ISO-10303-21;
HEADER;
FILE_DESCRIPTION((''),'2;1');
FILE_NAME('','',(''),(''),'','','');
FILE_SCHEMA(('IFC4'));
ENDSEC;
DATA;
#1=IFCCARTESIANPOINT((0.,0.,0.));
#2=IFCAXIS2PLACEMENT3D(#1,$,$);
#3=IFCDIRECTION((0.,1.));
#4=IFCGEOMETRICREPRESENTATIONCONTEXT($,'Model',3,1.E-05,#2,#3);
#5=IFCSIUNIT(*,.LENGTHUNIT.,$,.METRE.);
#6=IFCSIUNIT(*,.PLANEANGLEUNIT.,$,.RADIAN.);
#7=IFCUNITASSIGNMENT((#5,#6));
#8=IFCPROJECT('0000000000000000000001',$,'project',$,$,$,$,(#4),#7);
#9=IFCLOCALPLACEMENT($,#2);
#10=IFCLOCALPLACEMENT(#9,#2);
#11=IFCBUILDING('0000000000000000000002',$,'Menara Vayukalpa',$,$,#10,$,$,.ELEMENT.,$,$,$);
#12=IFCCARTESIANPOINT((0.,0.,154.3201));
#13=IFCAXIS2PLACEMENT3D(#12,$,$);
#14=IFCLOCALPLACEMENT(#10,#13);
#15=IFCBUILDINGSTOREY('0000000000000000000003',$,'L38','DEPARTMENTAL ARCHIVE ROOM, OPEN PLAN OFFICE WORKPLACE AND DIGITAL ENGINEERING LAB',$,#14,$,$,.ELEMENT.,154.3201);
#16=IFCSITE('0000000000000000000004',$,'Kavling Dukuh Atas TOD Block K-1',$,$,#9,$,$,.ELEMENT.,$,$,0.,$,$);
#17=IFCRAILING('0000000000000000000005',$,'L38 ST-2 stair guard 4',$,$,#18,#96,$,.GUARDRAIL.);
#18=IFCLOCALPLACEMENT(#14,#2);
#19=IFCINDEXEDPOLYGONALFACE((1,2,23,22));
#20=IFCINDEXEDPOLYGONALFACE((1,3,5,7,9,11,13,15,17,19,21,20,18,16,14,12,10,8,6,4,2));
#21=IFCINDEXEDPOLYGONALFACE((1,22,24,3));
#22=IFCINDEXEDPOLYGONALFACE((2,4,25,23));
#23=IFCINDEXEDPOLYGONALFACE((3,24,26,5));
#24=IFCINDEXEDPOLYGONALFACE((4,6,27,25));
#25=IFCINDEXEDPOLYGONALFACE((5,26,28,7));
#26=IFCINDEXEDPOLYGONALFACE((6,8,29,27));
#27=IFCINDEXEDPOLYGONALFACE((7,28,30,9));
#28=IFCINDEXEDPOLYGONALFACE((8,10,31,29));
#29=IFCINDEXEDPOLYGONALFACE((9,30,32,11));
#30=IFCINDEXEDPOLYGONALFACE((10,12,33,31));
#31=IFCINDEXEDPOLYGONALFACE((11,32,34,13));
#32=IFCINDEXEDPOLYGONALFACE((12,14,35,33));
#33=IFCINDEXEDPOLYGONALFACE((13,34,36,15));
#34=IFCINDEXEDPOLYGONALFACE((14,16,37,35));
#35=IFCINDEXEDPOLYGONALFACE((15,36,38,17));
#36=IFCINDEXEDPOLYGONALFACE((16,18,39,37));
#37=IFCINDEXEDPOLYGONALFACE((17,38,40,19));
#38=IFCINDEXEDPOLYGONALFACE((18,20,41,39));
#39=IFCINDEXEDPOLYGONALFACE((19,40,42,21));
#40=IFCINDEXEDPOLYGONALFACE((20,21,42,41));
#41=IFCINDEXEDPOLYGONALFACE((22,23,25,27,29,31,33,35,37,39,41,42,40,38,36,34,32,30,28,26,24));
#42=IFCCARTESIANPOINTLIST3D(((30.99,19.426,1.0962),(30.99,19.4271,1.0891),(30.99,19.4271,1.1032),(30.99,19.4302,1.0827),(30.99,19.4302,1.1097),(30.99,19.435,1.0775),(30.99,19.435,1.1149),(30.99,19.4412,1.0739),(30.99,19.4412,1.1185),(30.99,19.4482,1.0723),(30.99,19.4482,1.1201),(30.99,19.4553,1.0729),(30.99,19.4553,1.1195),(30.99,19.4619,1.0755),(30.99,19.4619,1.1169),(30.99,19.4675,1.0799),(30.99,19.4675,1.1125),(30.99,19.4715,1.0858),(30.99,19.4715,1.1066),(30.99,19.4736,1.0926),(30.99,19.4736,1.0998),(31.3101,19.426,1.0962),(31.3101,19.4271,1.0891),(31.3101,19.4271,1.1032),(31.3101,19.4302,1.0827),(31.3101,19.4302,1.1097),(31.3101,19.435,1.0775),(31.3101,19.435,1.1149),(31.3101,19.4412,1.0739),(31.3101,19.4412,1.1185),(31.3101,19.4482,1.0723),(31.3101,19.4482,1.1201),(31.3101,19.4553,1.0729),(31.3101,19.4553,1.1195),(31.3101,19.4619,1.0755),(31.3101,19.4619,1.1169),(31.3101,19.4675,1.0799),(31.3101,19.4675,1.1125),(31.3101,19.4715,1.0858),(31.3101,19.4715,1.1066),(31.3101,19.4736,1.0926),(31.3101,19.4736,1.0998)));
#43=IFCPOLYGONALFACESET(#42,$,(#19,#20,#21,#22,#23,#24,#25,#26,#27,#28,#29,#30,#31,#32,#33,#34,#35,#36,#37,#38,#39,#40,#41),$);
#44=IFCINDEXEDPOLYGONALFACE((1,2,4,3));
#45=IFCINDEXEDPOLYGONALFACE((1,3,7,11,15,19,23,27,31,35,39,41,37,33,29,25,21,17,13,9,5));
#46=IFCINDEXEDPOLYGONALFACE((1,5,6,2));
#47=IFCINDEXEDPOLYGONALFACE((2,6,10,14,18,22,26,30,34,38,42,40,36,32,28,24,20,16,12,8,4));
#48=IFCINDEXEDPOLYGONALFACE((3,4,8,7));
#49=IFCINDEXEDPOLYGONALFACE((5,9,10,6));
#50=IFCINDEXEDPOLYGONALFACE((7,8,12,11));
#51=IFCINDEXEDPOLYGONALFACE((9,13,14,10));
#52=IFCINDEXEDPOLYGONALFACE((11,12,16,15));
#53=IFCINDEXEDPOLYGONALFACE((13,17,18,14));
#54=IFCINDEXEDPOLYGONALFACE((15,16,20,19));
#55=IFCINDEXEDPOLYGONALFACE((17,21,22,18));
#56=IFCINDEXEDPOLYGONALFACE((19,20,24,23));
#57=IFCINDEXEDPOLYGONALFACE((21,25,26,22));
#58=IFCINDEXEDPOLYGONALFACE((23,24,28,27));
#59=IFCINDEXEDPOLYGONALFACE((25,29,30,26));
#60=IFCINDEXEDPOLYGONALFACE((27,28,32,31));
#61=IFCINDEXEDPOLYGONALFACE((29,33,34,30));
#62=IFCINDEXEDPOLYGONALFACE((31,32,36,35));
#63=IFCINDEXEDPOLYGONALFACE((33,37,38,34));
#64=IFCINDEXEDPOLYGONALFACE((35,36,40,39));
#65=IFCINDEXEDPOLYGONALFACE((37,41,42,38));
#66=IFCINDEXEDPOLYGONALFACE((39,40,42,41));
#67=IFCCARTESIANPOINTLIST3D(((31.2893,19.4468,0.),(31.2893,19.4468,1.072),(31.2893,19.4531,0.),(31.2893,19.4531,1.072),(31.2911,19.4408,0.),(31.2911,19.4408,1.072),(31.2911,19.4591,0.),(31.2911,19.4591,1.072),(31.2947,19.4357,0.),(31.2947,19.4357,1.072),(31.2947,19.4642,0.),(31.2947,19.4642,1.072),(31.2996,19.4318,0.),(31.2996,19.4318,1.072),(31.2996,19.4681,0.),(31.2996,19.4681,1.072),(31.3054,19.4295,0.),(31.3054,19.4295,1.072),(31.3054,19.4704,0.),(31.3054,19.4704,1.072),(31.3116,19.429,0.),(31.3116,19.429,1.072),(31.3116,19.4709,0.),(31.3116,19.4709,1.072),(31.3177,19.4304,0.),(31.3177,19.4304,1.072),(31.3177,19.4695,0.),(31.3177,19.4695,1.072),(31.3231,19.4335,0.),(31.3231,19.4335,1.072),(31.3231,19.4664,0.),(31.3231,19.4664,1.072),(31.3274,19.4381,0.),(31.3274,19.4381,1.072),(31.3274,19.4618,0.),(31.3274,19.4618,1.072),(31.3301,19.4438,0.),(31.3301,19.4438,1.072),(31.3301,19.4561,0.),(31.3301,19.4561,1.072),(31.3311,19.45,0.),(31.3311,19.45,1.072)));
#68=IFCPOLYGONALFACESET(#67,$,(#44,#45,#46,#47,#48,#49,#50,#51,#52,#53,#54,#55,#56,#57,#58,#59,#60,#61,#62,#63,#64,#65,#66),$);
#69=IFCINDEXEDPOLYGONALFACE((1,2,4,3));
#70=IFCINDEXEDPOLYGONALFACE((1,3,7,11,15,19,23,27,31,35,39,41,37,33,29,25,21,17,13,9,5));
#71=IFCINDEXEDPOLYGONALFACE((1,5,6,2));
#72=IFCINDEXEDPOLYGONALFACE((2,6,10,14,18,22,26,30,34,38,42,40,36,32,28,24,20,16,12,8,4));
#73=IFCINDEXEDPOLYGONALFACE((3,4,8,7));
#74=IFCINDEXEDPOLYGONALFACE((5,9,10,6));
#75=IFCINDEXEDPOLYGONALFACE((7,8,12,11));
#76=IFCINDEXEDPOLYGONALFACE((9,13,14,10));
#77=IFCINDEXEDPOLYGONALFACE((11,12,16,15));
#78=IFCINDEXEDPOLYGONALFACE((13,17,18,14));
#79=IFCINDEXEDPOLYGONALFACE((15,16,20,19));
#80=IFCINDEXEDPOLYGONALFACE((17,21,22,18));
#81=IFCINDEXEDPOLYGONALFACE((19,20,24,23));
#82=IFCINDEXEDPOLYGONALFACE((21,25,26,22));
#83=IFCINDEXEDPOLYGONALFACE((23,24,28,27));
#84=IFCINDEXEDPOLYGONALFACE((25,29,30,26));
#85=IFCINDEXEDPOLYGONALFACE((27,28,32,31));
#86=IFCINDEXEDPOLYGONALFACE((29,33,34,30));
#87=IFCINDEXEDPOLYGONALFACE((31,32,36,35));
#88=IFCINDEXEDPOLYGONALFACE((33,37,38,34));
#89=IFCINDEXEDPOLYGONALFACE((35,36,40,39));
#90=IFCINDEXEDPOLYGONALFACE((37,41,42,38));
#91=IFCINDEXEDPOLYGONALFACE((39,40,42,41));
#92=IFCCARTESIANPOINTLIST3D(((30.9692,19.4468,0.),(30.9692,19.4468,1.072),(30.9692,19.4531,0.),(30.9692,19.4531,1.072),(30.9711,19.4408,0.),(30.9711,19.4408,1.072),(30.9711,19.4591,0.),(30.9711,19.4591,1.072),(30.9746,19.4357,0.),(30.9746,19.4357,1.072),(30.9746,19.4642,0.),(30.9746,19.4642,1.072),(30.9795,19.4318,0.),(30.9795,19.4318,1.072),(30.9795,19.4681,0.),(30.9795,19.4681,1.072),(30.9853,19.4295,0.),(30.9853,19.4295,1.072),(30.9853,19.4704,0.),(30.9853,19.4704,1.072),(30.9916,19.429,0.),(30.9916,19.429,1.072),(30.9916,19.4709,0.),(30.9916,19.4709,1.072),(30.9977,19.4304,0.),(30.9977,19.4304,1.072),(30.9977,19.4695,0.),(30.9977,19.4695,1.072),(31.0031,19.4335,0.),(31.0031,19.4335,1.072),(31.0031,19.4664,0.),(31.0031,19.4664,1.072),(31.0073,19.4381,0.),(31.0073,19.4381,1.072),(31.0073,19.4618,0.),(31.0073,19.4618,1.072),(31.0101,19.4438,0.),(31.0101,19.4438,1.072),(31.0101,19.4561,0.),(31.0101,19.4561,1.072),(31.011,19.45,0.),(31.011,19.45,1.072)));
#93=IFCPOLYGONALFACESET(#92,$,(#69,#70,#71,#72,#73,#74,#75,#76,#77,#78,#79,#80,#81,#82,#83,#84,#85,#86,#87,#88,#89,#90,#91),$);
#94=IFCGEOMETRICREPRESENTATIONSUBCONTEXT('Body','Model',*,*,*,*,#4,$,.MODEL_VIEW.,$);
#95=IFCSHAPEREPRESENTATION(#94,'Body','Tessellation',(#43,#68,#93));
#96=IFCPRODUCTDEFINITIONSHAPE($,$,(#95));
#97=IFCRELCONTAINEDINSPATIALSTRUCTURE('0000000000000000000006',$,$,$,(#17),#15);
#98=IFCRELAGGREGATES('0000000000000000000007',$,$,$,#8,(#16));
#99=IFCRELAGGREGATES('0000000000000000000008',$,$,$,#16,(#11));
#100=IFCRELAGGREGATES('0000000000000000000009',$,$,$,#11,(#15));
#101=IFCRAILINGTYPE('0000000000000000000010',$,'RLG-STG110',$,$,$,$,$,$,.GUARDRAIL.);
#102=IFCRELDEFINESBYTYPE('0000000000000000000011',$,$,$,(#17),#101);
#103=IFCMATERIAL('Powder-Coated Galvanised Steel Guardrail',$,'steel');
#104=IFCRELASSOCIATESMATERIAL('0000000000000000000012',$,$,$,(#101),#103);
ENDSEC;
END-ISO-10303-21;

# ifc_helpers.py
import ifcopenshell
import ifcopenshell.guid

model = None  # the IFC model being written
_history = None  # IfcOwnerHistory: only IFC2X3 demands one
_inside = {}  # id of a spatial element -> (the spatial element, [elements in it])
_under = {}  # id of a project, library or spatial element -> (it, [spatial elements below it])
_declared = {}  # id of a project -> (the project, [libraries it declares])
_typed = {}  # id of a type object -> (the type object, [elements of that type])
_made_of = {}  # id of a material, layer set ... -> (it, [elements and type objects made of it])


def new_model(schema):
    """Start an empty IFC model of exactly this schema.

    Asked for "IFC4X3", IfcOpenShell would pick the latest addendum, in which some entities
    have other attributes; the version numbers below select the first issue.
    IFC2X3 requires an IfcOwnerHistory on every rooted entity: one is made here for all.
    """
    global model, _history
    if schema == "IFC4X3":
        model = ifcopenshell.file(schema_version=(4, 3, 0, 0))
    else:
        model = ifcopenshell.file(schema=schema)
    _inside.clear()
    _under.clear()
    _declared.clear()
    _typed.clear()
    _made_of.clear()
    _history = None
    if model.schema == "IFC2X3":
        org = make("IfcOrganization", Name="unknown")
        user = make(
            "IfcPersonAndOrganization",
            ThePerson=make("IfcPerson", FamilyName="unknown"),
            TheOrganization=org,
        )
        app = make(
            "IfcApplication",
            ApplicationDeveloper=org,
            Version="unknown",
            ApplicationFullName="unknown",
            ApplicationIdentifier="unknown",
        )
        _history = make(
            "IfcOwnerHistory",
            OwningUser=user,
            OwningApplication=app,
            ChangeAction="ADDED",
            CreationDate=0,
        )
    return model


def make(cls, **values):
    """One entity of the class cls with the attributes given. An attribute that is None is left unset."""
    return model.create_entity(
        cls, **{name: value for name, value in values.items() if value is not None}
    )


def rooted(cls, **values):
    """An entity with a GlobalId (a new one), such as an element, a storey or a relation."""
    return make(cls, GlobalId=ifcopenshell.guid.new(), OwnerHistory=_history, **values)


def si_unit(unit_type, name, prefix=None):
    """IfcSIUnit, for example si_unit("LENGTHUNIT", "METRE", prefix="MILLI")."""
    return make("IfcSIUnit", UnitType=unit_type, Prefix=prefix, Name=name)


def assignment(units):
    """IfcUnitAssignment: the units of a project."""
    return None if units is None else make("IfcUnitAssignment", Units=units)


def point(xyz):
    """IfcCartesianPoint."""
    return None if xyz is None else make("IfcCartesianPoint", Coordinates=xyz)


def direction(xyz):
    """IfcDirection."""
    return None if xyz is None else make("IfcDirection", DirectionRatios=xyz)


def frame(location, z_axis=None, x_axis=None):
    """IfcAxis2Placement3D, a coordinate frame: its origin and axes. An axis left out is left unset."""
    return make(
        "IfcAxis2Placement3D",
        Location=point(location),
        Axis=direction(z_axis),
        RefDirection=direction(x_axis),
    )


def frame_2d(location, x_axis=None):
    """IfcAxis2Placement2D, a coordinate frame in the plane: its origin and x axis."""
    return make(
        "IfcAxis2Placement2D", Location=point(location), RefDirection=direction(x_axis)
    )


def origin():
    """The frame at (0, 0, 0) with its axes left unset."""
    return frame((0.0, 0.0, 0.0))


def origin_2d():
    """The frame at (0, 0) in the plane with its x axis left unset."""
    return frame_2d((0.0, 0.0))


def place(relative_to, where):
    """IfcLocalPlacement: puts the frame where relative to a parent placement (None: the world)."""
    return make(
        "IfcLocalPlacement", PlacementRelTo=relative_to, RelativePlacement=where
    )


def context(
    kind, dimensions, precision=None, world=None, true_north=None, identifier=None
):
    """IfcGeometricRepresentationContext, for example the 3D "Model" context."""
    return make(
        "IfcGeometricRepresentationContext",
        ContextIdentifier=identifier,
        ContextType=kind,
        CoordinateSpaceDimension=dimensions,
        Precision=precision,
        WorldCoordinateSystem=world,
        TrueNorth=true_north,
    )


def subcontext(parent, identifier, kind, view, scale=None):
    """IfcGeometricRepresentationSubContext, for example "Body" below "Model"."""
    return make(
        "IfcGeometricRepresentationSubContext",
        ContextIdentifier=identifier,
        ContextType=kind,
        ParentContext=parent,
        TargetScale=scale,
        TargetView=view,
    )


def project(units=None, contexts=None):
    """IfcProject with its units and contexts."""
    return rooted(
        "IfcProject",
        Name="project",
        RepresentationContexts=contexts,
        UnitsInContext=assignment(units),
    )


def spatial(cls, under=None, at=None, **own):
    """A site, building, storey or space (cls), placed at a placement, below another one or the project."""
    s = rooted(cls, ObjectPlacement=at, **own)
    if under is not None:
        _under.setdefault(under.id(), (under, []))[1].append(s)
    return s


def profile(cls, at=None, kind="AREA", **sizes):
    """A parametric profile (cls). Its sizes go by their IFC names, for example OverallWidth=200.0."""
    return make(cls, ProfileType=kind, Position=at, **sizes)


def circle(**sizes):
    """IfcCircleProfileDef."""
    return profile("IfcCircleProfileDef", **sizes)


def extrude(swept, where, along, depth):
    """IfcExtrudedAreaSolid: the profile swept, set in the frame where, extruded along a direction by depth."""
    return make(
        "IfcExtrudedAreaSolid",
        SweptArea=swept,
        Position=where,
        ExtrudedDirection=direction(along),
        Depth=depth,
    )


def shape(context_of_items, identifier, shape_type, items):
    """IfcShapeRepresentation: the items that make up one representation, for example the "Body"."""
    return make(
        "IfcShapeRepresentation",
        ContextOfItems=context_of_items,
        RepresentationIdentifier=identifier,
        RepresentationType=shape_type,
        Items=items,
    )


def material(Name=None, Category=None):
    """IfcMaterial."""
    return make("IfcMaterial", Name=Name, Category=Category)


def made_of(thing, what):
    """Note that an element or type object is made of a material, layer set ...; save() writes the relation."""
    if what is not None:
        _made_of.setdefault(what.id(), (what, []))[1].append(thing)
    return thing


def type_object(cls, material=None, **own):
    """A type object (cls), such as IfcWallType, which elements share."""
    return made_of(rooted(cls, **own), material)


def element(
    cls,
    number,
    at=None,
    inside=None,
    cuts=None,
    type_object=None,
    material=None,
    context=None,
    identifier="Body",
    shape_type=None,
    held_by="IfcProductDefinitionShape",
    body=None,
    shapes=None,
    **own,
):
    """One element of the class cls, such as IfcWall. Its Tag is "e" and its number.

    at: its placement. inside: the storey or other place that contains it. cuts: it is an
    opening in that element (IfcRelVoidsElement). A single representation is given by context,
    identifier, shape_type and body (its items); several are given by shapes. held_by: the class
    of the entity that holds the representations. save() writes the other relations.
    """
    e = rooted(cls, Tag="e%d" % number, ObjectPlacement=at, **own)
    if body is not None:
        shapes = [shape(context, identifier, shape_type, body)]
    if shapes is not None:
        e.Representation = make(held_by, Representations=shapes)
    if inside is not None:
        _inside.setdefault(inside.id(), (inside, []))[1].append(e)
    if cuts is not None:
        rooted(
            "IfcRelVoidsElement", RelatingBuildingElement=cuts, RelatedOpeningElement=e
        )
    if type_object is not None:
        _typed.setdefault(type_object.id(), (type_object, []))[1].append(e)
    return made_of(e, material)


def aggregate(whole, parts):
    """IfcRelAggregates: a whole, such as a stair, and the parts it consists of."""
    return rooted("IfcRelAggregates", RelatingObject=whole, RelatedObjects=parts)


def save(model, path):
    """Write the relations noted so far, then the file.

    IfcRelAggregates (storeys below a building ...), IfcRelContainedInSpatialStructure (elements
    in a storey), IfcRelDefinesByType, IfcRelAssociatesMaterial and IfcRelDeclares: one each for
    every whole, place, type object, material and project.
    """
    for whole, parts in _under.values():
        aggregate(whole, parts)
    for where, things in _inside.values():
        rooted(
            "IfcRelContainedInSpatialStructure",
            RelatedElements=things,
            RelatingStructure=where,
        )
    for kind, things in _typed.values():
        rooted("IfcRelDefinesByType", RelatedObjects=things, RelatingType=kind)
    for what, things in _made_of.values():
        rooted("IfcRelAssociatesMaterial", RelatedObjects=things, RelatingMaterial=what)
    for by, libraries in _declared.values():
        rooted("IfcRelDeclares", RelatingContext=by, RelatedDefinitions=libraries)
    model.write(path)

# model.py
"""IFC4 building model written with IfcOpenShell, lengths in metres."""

from ifc_helpers import new_model, si_unit, direction, frame, origin, origin_2d, place, context, subcontext, project, spatial, circle, extrude, material, type_object, element, save


model = new_model("IFC4")

# Units and contexts
model_context = context("Model", 3, precision=1e-05, world=origin(), true_north=direction((0.0, 1.0)))
body_context = subcontext(model_context, "Body", "Model", "MODEL_VIEW")
ifc_project = project(units=[si_unit("LENGTHUNIT", "METRE"), si_unit("PLANEANGLEUNIT", "RADIAN")], contexts=[model_context])

# Site, building, storey
site_placement = place(None, origin())
site = spatial("IfcSite", under=ifc_project, at=site_placement, Name="Kavling Dukuh Atas TOD Block K-1", CompositionType="ELEMENT", RefElevation=0.0)
building_placement = place(site_placement, origin())
building = spatial("IfcBuilding", under=site, at=building_placement, Name="Menara Vayukalpa", CompositionType="ELEMENT")
storey_placement = place(building_placement, frame((0.0, 0.0, 154.3201)))
storey = spatial("IfcBuildingStorey", under=building, at=storey_placement, Name="L38", Description="DEPARTMENTAL ARCHIVE ROOM, OPEN PLAN OFFICE WORKPLACE AND DIGITAL ENGINEERING LAB", CompositionType="ELEMENT", Elevation=154.3201)

# Railing
ifc_material_1 = material(Name="Powder-Coated Galvanised Steel Guardrail", Category="steel")
railing_type = type_object("IfcRailingType", Name="RLG-STG110", PredefinedType="GUARDRAIL", material=ifc_material_1)
railing_1_placement = place(storey_placement, frame((31.3101, 19.45, 0.0)))
element("IfcRailing", 1, at=railing_1_placement, inside=storey, type_object=railing_type, Name="L38 ST-2 stair guard 4", PredefinedType="GUARDRAIL", context=body_context, shape_type="SweptSolid", body=[
    extrude(circle(Radius=0.0239, at=origin_2d()), frame((0.0, 0.0, 1.0962), z_axis=(-1.0, 0.0, 0.0), x_axis=(0.0, -1.0, 0.0)), (0.0, 0.0, 1.0), 0.3201),
    extrude(circle(Radius=0.021, at=origin_2d()), origin(), (0.0, 0.0, 1.0), 1.072),
    extrude(circle(Radius=0.021, at=origin_2d()), frame((-0.3201, 0.0, 0.0)), (0.0, 0.0, 1.0), 1.072),
])

save(model, "model.ifc")
